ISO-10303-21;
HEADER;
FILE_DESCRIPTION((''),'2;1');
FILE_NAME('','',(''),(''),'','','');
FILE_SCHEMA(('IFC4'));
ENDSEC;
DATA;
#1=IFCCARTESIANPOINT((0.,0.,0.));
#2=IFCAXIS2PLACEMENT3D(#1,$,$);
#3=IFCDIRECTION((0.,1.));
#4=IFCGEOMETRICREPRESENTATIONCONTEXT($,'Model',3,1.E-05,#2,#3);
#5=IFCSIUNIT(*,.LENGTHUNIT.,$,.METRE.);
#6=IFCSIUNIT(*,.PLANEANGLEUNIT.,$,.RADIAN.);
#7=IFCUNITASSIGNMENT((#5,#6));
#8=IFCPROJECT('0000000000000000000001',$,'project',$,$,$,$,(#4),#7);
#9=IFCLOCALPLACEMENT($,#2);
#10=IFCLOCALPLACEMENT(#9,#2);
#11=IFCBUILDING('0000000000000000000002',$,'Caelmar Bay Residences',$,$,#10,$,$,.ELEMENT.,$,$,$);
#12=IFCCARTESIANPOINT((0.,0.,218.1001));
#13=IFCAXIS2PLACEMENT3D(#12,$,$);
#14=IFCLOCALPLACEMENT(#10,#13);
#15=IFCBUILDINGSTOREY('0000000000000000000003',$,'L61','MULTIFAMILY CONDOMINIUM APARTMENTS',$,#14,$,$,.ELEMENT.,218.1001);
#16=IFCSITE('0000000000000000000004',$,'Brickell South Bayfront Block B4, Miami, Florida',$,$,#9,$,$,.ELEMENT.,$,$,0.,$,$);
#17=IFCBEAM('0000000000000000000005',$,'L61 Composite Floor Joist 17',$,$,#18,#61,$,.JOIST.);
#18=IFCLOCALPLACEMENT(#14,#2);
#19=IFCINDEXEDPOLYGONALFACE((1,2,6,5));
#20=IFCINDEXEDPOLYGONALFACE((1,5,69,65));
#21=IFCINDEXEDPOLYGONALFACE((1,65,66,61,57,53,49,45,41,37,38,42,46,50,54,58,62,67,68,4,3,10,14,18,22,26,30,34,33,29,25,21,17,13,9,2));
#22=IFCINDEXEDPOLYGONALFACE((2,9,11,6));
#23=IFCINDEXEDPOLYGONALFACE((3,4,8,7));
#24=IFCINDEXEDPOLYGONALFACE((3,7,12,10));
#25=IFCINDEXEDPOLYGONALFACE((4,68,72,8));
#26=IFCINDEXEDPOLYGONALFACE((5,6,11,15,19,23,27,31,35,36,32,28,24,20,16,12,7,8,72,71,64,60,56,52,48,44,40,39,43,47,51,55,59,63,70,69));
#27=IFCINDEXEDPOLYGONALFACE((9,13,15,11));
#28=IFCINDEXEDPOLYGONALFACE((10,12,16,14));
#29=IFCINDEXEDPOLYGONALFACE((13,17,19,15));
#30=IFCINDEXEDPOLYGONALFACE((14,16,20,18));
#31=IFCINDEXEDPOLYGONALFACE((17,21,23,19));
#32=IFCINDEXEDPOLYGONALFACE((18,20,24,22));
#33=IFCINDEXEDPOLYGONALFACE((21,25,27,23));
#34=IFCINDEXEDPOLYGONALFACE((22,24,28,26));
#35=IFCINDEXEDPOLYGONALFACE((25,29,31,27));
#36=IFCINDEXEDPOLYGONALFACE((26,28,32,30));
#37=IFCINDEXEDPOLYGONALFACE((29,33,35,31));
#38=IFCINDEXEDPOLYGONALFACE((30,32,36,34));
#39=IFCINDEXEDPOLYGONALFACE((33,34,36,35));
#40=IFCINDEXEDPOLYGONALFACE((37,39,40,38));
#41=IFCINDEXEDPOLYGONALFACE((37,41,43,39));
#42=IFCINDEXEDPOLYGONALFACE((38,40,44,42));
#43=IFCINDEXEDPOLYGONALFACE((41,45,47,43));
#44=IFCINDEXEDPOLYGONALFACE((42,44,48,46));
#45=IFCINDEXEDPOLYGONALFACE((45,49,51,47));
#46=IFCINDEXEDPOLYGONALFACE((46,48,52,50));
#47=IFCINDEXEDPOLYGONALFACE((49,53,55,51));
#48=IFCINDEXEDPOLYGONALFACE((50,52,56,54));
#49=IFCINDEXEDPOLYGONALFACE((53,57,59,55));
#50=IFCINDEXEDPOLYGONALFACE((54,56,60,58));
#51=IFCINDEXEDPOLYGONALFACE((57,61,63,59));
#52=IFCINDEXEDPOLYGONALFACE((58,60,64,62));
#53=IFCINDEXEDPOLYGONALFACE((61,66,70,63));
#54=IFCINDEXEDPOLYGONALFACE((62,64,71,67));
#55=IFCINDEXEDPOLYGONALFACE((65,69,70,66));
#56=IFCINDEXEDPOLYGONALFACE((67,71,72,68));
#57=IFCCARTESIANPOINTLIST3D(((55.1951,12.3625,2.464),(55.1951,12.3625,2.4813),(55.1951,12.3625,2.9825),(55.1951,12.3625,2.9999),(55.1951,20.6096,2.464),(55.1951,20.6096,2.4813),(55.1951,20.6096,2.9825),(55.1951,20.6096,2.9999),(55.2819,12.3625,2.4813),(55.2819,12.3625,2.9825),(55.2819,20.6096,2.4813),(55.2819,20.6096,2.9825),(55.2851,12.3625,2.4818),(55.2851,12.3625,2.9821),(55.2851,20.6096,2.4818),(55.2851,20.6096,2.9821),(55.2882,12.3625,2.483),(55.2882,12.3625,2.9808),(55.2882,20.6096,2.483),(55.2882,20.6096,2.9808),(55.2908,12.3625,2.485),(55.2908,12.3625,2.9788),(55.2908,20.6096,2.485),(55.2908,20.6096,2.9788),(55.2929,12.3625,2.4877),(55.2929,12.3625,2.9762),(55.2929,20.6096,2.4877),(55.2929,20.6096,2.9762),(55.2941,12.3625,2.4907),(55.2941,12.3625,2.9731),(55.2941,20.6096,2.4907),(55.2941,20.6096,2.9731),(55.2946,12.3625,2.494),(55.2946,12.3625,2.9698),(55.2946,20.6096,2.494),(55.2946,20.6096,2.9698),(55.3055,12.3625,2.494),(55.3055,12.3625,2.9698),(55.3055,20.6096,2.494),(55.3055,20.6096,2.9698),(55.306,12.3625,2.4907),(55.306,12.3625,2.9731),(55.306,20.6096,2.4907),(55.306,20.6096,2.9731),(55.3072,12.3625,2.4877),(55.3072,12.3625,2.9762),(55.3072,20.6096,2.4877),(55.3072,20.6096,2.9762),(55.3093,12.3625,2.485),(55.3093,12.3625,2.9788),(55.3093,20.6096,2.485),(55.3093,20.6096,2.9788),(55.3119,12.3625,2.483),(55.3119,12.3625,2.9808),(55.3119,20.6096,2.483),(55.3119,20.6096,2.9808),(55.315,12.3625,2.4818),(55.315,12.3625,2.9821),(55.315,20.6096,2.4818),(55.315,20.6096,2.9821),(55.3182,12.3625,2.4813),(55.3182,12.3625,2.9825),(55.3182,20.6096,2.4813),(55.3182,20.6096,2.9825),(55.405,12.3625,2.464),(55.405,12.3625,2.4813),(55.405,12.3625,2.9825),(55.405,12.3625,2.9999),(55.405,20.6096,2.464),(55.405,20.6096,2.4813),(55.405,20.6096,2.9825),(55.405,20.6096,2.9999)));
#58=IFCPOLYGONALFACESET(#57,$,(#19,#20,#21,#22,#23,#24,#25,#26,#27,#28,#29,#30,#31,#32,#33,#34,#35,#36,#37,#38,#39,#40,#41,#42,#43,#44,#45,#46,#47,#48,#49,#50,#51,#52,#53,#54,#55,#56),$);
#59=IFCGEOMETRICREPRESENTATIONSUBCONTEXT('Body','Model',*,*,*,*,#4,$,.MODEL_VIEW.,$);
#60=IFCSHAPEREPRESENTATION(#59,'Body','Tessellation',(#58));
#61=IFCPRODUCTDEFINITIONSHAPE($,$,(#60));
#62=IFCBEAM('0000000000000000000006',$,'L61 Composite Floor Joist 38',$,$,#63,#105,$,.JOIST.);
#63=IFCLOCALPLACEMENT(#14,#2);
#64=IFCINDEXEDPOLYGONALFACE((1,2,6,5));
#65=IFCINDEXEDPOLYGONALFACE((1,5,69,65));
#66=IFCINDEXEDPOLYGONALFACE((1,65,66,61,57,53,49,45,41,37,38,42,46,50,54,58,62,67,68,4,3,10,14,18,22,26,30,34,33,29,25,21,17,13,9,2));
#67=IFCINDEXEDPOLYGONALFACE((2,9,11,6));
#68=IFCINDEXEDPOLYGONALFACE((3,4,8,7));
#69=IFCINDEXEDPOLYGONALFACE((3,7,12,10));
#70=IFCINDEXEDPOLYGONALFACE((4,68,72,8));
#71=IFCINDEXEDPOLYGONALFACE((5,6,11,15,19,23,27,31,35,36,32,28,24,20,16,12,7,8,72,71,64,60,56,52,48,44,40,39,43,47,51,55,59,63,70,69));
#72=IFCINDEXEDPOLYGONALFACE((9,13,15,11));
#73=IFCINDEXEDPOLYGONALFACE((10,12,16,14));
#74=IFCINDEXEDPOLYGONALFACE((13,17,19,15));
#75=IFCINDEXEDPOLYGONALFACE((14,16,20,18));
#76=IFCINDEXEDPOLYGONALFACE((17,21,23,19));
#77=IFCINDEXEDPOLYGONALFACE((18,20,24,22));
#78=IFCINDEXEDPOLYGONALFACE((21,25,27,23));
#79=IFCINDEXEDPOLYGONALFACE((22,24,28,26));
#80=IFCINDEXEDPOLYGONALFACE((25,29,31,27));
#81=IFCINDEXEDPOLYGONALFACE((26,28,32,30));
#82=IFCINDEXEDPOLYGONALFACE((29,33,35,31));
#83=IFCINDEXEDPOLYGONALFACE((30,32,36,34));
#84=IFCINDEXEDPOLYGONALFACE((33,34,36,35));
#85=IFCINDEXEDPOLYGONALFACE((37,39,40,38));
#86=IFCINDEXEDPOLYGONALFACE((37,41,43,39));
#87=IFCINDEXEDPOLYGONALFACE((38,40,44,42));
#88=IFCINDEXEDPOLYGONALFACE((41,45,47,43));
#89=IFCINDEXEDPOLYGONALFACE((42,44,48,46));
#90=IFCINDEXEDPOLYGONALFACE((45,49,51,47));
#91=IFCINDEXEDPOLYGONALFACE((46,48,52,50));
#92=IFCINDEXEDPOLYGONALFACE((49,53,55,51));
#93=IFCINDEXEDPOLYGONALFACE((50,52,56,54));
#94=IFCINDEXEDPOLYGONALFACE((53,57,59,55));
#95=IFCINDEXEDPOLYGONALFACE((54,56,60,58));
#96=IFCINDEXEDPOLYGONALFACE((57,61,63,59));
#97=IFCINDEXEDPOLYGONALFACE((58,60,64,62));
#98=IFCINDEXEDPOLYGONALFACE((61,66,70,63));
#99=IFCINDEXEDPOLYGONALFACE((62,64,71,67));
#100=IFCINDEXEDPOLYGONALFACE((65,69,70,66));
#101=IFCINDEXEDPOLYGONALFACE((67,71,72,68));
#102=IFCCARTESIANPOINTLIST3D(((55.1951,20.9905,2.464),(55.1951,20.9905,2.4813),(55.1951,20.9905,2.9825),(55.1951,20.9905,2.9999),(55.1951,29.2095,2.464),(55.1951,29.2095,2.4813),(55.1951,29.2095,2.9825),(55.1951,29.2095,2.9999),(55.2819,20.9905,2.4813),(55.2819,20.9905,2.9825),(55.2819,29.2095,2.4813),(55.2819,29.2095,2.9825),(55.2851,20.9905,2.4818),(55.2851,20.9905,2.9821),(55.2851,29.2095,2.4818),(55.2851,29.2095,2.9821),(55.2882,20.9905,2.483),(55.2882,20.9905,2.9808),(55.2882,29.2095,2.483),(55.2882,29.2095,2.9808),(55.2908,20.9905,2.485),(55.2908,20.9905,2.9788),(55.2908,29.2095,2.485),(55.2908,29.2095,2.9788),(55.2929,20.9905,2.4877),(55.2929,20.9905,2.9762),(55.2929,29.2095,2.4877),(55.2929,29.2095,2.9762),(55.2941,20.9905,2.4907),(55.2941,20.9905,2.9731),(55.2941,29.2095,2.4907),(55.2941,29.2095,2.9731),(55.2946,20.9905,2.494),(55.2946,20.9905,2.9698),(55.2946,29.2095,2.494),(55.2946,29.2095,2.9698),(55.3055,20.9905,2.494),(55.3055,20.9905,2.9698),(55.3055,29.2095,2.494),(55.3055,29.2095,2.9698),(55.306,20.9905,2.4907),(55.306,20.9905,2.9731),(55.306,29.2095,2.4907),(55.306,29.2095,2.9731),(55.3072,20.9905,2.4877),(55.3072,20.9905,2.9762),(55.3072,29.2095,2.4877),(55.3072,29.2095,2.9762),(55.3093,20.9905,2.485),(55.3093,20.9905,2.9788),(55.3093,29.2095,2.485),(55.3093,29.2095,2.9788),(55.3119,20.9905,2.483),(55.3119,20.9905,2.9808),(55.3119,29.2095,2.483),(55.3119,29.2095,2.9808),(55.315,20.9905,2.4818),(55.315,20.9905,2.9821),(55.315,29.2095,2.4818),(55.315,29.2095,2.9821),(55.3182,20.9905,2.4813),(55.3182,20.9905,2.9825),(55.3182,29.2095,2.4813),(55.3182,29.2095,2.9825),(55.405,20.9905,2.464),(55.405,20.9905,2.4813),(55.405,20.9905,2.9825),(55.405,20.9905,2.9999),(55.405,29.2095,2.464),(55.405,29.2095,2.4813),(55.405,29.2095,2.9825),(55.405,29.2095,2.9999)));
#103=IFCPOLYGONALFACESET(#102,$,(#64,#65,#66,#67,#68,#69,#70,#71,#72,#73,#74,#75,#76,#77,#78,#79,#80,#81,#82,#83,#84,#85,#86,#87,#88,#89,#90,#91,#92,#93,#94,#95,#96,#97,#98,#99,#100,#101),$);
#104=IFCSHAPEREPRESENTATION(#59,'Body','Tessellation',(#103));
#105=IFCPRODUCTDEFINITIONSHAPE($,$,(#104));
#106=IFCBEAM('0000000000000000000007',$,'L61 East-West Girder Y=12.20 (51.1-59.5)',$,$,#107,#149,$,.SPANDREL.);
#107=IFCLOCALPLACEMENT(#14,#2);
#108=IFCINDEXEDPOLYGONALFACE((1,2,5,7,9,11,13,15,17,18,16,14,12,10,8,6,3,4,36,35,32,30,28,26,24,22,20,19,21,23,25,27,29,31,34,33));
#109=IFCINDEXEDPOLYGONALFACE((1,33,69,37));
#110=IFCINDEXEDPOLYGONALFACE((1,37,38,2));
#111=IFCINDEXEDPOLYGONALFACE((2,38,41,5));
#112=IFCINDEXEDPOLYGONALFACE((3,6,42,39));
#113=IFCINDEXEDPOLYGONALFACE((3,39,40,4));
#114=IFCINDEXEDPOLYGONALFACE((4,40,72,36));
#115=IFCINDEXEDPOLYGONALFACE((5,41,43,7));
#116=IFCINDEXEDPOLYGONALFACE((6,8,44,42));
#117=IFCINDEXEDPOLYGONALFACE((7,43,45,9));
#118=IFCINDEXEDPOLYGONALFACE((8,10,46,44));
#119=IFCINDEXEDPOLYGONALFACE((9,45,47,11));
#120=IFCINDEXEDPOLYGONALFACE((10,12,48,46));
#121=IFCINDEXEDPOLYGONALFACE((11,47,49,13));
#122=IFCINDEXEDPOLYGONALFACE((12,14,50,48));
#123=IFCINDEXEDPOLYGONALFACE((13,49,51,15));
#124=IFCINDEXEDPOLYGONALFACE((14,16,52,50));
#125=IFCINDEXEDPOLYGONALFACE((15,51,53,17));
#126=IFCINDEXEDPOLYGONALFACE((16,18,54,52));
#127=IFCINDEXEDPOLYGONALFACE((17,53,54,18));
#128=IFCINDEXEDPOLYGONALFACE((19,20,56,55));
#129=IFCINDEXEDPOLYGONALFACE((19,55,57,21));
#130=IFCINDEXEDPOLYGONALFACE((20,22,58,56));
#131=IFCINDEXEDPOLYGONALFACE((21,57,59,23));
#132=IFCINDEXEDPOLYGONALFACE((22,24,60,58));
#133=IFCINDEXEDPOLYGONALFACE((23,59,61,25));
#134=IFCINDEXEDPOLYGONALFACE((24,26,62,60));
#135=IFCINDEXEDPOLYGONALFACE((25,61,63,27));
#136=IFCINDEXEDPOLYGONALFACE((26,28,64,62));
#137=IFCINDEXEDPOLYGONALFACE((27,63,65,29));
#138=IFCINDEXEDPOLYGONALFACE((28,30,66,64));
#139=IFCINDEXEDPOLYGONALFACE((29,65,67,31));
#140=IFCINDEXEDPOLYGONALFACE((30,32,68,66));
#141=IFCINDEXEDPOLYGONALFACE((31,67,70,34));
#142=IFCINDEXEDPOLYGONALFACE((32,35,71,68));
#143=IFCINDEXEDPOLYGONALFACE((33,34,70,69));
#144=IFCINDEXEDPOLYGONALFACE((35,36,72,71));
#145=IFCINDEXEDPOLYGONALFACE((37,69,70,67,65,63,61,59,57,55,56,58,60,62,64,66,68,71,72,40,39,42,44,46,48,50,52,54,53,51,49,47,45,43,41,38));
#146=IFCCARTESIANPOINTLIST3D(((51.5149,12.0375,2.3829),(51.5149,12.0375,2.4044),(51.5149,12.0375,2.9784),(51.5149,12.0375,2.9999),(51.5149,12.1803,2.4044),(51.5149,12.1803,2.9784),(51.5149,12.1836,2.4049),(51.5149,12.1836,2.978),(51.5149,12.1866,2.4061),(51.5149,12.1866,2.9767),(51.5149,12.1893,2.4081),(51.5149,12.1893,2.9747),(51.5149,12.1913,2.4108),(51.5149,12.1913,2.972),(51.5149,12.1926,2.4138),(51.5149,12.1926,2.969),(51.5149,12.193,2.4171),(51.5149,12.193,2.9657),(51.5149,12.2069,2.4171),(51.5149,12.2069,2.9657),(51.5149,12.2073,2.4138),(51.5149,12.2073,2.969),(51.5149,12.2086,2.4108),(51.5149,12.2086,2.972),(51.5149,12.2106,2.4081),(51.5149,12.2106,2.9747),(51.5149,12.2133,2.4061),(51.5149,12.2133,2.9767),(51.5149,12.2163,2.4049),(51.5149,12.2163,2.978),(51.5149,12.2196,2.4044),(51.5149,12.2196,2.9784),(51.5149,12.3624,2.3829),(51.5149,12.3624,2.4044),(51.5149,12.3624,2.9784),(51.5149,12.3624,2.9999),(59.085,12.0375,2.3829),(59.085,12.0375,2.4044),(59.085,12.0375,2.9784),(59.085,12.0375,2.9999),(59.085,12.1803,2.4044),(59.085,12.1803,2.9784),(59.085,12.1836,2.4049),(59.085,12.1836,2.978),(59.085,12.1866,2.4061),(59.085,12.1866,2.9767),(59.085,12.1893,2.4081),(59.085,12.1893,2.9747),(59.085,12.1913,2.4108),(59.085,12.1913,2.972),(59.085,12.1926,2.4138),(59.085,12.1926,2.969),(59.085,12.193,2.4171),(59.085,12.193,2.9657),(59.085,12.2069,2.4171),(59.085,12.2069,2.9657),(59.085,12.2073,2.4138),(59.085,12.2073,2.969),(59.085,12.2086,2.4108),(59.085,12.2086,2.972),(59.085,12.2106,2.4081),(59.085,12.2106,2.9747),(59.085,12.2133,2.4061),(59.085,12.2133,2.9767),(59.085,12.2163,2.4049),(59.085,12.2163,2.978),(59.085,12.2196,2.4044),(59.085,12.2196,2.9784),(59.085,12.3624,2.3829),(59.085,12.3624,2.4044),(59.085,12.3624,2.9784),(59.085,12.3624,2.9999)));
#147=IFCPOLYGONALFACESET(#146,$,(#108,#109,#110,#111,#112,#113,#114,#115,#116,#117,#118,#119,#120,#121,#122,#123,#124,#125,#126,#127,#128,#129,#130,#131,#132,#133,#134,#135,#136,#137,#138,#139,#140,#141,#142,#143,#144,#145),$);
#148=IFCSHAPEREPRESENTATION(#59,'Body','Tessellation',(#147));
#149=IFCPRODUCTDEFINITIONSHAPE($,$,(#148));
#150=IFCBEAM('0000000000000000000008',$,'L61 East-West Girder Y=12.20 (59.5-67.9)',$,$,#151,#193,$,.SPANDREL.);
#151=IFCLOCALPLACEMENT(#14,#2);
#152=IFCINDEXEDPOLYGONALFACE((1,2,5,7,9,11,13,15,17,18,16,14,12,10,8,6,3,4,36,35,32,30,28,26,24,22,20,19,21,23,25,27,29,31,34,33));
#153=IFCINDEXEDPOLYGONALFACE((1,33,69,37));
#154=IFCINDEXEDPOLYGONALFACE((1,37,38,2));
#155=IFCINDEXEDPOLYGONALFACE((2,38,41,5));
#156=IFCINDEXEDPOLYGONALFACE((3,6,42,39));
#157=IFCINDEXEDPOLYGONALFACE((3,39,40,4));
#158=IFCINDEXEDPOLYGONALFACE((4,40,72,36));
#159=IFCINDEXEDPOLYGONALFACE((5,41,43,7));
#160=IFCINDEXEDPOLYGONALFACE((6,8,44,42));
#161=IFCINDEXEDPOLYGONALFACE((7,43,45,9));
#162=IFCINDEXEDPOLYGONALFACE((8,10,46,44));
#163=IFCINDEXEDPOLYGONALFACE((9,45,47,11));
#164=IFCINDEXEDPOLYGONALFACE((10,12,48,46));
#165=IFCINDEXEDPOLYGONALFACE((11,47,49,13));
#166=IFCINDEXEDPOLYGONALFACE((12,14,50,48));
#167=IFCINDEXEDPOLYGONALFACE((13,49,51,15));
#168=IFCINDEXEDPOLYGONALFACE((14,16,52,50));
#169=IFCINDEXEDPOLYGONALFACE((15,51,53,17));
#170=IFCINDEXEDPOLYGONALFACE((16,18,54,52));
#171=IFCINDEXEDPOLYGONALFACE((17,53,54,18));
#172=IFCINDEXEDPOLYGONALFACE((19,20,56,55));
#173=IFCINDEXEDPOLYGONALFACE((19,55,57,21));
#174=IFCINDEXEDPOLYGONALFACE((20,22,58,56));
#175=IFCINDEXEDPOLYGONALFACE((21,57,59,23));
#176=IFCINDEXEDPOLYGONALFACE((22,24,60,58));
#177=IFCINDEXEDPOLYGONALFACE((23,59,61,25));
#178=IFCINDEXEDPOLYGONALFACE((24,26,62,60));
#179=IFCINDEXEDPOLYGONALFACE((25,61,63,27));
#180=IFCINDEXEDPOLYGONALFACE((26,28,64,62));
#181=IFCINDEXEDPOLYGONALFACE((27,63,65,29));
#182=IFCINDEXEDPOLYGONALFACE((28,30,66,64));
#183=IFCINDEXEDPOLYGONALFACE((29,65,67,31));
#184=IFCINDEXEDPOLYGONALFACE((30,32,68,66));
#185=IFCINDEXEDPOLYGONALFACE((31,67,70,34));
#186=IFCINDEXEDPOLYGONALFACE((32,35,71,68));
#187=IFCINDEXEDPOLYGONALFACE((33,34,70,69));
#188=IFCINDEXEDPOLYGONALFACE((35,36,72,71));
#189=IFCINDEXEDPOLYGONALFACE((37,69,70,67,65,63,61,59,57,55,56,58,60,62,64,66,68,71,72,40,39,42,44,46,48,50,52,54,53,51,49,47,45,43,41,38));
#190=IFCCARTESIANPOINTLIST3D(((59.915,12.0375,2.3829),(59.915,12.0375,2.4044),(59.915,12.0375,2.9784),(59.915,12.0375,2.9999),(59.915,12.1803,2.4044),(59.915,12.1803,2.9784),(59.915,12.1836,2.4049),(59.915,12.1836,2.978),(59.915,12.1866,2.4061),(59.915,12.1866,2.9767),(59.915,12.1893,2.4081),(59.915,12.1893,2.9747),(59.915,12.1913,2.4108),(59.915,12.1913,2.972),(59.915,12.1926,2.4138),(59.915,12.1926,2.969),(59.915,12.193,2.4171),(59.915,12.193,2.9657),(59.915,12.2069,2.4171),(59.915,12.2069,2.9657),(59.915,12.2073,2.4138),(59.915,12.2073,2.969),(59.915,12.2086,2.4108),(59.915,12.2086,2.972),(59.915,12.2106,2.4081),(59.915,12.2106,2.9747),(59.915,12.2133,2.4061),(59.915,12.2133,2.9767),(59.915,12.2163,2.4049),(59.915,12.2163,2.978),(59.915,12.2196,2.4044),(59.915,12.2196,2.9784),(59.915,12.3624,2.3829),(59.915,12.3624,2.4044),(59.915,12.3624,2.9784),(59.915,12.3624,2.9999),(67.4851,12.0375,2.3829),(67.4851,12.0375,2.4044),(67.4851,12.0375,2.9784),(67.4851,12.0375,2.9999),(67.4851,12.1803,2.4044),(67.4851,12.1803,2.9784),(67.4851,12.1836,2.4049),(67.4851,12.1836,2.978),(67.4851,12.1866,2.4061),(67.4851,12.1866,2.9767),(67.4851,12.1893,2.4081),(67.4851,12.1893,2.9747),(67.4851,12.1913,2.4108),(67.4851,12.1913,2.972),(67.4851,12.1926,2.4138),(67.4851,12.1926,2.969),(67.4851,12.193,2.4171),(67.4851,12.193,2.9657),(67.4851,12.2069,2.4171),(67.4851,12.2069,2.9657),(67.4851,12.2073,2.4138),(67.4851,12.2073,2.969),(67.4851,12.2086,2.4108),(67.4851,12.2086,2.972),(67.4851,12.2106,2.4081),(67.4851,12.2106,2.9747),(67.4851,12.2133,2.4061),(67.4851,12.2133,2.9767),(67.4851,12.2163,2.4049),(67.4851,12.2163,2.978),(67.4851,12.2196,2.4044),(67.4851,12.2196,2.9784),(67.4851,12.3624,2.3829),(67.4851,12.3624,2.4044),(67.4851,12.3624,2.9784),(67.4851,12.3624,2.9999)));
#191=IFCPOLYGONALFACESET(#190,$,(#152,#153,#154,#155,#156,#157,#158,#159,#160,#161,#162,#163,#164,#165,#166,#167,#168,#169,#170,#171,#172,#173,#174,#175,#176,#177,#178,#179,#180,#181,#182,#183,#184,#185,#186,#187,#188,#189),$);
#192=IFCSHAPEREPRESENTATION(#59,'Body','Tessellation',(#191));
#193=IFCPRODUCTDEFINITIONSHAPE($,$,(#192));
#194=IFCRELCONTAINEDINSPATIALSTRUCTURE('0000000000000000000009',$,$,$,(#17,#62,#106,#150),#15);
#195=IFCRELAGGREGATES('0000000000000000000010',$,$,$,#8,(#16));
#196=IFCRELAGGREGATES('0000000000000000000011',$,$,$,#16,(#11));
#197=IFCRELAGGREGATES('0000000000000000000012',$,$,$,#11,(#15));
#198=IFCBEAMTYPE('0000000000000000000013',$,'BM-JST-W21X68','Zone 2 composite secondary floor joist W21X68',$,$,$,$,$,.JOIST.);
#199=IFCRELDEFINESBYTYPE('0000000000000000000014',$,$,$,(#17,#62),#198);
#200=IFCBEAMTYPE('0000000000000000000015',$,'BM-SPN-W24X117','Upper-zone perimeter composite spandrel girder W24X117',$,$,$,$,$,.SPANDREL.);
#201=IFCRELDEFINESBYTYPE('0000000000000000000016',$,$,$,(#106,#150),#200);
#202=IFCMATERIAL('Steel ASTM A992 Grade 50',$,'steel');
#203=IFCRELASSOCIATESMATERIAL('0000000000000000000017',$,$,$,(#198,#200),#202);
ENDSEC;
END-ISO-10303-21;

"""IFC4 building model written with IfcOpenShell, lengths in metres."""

from ifc_helpers import new_model, si_unit, direction, frame, origin, origin_2d, place, context, subcontext, project, spatial, i_section, extrude, material, material_profile, profile_set, type_object, element, save


model = new_model("IFC4")

# Units and contexts
model_context = context("Model", 3, precision=1e-05, world=origin(), true_north=direction((0.0, 1.0)))
body_context = subcontext(model_context, "Body", "Model", "MODEL_VIEW")
ifc_project = project(units=[si_unit("LENGTHUNIT", "METRE"), si_unit("PLANEANGLEUNIT", "RADIAN")], contexts=[model_context])

# Site, building, storey
site_placement = place(None, origin())
site = spatial("IfcSite", under=ifc_project, at=site_placement, Name="Brickell South Bayfront Block B4, Miami, Florida", CompositionType="ELEMENT", RefElevation=0.0)
building_placement = place(site_placement, origin())
building = spatial("IfcBuilding", under=site, at=building_placement, Name="Caelmar Bay Residences", CompositionType="ELEMENT")
storey_placement = place(building_placement, frame((0.0, 0.0, 218.1001)))
storey = spatial("IfcBuildingStorey", under=building, at=storey_placement, Name="L61", Description="MULTIFAMILY CONDOMINIUM APARTMENTS", CompositionType="ELEMENT", Elevation=218.1001)

# Beams
ifc_material_1 = material(Name="Steel ASTM A992 Grade 50", Category="steel")
ifc_material_profile_1 = material_profile(ifc_material_1, i_section(OverallWidth=0.21, OverallDepth=0.5359, WebThickness=0.011, FlangeThickness=0.0173, FilletRadius=0.0127, at=origin_2d()), Name="W21X68")
ifc_profile_set_1 = profile_set([ifc_material_profile_1], Name="Steel ASTM A992 Grade 50")
beam_type_1 = type_object("IfcBeamType", Name="BM-JST-W21X68", Description="Zone 2 composite secondary floor joist W21X68", PredefinedType="JOIST", material=ifc_profile_set_1)
beam_1_placement = place(storey_placement, frame((55.3, 12.3625, 2.7319), z_axis=(0.0, 1.0, 0.0), x_axis=(-1.0, 0.0, 0.0)))
element("IfcBeam", 1, at=beam_1_placement, inside=storey, type_object=beam_type_1, Name="L61 Composite Floor Joist 17", PredefinedType="JOIST", context=body_context, shape_type="SweptSolid", body=[
    extrude(i_section(OverallWidth=0.21, OverallDepth=0.5359, WebThickness=0.011, FlangeThickness=0.0173, FilletRadius=0.0127, at=origin_2d()), origin(), (0.0, 0.0, 1.0), 8.2471),
])
beam_2_placement = place(storey_placement, frame((55.3, 20.9905, 2.7319), z_axis=(0.0, 1.0, 0.0), x_axis=(-1.0, 0.0, 0.0)))
element("IfcBeam", 2, at=beam_2_placement, inside=storey, type_object=beam_type_1, Name="L61 Composite Floor Joist 38", PredefinedType="JOIST", context=body_context, shape_type="SweptSolid", body=[
    extrude(i_section(OverallWidth=0.21, OverallDepth=0.5359, WebThickness=0.011, FlangeThickness=0.0173, FilletRadius=0.0127, at=origin_2d()), origin(), (0.0, 0.0, 1.0), 8.219),
])
ifc_material_profile_2 = material_profile(ifc_material_1, i_section(OverallWidth=0.325, OverallDepth=0.6169, WebThickness=0.0139, FlangeThickness=0.0215, FilletRadius=0.0127, at=origin_2d()), Name="W24X117")
ifc_profile_set_2 = profile_set([ifc_material_profile_2], Name="Steel ASTM A992 Grade 50")
beam_type_2 = type_object("IfcBeamType", Name="BM-SPN-W24X117", Description="Upper-zone perimeter composite spandrel girder W24X117", PredefinedType="SPANDREL", material=ifc_profile_set_2)
for number, where, z_axis, x_axis, name in (
    (3, (51.5149, 12.2, 2.6914), (1.0, 0.0, 0.0), (0.0, 1.0, 0.0), "L61 East-West Girder Y=12.20 (51.1-59.5)"),
    (4, (59.915, 12.2, 2.6914), (1.0, 0.0, 0.0), (0.0, 1.0, 0.0), "L61 East-West Girder Y=12.20 (59.5-67.9)"),
):
    element("IfcBeam", number, at=place(storey_placement, frame(where, z_axis=z_axis, x_axis=x_axis)), inside=storey, type_object=beam_type_2, Name=name, PredefinedType="SPANDREL", context=body_context, shape_type="SweptSolid", body=[
        extrude(i_section(OverallWidth=0.325, OverallDepth=0.6169, WebThickness=0.0139, FlangeThickness=0.0215, FilletRadius=0.0127, at=origin_2d()), origin(), (0.0, 0.0, 1.0), 7.5701),
    ])

save(model, "model.ifc")
